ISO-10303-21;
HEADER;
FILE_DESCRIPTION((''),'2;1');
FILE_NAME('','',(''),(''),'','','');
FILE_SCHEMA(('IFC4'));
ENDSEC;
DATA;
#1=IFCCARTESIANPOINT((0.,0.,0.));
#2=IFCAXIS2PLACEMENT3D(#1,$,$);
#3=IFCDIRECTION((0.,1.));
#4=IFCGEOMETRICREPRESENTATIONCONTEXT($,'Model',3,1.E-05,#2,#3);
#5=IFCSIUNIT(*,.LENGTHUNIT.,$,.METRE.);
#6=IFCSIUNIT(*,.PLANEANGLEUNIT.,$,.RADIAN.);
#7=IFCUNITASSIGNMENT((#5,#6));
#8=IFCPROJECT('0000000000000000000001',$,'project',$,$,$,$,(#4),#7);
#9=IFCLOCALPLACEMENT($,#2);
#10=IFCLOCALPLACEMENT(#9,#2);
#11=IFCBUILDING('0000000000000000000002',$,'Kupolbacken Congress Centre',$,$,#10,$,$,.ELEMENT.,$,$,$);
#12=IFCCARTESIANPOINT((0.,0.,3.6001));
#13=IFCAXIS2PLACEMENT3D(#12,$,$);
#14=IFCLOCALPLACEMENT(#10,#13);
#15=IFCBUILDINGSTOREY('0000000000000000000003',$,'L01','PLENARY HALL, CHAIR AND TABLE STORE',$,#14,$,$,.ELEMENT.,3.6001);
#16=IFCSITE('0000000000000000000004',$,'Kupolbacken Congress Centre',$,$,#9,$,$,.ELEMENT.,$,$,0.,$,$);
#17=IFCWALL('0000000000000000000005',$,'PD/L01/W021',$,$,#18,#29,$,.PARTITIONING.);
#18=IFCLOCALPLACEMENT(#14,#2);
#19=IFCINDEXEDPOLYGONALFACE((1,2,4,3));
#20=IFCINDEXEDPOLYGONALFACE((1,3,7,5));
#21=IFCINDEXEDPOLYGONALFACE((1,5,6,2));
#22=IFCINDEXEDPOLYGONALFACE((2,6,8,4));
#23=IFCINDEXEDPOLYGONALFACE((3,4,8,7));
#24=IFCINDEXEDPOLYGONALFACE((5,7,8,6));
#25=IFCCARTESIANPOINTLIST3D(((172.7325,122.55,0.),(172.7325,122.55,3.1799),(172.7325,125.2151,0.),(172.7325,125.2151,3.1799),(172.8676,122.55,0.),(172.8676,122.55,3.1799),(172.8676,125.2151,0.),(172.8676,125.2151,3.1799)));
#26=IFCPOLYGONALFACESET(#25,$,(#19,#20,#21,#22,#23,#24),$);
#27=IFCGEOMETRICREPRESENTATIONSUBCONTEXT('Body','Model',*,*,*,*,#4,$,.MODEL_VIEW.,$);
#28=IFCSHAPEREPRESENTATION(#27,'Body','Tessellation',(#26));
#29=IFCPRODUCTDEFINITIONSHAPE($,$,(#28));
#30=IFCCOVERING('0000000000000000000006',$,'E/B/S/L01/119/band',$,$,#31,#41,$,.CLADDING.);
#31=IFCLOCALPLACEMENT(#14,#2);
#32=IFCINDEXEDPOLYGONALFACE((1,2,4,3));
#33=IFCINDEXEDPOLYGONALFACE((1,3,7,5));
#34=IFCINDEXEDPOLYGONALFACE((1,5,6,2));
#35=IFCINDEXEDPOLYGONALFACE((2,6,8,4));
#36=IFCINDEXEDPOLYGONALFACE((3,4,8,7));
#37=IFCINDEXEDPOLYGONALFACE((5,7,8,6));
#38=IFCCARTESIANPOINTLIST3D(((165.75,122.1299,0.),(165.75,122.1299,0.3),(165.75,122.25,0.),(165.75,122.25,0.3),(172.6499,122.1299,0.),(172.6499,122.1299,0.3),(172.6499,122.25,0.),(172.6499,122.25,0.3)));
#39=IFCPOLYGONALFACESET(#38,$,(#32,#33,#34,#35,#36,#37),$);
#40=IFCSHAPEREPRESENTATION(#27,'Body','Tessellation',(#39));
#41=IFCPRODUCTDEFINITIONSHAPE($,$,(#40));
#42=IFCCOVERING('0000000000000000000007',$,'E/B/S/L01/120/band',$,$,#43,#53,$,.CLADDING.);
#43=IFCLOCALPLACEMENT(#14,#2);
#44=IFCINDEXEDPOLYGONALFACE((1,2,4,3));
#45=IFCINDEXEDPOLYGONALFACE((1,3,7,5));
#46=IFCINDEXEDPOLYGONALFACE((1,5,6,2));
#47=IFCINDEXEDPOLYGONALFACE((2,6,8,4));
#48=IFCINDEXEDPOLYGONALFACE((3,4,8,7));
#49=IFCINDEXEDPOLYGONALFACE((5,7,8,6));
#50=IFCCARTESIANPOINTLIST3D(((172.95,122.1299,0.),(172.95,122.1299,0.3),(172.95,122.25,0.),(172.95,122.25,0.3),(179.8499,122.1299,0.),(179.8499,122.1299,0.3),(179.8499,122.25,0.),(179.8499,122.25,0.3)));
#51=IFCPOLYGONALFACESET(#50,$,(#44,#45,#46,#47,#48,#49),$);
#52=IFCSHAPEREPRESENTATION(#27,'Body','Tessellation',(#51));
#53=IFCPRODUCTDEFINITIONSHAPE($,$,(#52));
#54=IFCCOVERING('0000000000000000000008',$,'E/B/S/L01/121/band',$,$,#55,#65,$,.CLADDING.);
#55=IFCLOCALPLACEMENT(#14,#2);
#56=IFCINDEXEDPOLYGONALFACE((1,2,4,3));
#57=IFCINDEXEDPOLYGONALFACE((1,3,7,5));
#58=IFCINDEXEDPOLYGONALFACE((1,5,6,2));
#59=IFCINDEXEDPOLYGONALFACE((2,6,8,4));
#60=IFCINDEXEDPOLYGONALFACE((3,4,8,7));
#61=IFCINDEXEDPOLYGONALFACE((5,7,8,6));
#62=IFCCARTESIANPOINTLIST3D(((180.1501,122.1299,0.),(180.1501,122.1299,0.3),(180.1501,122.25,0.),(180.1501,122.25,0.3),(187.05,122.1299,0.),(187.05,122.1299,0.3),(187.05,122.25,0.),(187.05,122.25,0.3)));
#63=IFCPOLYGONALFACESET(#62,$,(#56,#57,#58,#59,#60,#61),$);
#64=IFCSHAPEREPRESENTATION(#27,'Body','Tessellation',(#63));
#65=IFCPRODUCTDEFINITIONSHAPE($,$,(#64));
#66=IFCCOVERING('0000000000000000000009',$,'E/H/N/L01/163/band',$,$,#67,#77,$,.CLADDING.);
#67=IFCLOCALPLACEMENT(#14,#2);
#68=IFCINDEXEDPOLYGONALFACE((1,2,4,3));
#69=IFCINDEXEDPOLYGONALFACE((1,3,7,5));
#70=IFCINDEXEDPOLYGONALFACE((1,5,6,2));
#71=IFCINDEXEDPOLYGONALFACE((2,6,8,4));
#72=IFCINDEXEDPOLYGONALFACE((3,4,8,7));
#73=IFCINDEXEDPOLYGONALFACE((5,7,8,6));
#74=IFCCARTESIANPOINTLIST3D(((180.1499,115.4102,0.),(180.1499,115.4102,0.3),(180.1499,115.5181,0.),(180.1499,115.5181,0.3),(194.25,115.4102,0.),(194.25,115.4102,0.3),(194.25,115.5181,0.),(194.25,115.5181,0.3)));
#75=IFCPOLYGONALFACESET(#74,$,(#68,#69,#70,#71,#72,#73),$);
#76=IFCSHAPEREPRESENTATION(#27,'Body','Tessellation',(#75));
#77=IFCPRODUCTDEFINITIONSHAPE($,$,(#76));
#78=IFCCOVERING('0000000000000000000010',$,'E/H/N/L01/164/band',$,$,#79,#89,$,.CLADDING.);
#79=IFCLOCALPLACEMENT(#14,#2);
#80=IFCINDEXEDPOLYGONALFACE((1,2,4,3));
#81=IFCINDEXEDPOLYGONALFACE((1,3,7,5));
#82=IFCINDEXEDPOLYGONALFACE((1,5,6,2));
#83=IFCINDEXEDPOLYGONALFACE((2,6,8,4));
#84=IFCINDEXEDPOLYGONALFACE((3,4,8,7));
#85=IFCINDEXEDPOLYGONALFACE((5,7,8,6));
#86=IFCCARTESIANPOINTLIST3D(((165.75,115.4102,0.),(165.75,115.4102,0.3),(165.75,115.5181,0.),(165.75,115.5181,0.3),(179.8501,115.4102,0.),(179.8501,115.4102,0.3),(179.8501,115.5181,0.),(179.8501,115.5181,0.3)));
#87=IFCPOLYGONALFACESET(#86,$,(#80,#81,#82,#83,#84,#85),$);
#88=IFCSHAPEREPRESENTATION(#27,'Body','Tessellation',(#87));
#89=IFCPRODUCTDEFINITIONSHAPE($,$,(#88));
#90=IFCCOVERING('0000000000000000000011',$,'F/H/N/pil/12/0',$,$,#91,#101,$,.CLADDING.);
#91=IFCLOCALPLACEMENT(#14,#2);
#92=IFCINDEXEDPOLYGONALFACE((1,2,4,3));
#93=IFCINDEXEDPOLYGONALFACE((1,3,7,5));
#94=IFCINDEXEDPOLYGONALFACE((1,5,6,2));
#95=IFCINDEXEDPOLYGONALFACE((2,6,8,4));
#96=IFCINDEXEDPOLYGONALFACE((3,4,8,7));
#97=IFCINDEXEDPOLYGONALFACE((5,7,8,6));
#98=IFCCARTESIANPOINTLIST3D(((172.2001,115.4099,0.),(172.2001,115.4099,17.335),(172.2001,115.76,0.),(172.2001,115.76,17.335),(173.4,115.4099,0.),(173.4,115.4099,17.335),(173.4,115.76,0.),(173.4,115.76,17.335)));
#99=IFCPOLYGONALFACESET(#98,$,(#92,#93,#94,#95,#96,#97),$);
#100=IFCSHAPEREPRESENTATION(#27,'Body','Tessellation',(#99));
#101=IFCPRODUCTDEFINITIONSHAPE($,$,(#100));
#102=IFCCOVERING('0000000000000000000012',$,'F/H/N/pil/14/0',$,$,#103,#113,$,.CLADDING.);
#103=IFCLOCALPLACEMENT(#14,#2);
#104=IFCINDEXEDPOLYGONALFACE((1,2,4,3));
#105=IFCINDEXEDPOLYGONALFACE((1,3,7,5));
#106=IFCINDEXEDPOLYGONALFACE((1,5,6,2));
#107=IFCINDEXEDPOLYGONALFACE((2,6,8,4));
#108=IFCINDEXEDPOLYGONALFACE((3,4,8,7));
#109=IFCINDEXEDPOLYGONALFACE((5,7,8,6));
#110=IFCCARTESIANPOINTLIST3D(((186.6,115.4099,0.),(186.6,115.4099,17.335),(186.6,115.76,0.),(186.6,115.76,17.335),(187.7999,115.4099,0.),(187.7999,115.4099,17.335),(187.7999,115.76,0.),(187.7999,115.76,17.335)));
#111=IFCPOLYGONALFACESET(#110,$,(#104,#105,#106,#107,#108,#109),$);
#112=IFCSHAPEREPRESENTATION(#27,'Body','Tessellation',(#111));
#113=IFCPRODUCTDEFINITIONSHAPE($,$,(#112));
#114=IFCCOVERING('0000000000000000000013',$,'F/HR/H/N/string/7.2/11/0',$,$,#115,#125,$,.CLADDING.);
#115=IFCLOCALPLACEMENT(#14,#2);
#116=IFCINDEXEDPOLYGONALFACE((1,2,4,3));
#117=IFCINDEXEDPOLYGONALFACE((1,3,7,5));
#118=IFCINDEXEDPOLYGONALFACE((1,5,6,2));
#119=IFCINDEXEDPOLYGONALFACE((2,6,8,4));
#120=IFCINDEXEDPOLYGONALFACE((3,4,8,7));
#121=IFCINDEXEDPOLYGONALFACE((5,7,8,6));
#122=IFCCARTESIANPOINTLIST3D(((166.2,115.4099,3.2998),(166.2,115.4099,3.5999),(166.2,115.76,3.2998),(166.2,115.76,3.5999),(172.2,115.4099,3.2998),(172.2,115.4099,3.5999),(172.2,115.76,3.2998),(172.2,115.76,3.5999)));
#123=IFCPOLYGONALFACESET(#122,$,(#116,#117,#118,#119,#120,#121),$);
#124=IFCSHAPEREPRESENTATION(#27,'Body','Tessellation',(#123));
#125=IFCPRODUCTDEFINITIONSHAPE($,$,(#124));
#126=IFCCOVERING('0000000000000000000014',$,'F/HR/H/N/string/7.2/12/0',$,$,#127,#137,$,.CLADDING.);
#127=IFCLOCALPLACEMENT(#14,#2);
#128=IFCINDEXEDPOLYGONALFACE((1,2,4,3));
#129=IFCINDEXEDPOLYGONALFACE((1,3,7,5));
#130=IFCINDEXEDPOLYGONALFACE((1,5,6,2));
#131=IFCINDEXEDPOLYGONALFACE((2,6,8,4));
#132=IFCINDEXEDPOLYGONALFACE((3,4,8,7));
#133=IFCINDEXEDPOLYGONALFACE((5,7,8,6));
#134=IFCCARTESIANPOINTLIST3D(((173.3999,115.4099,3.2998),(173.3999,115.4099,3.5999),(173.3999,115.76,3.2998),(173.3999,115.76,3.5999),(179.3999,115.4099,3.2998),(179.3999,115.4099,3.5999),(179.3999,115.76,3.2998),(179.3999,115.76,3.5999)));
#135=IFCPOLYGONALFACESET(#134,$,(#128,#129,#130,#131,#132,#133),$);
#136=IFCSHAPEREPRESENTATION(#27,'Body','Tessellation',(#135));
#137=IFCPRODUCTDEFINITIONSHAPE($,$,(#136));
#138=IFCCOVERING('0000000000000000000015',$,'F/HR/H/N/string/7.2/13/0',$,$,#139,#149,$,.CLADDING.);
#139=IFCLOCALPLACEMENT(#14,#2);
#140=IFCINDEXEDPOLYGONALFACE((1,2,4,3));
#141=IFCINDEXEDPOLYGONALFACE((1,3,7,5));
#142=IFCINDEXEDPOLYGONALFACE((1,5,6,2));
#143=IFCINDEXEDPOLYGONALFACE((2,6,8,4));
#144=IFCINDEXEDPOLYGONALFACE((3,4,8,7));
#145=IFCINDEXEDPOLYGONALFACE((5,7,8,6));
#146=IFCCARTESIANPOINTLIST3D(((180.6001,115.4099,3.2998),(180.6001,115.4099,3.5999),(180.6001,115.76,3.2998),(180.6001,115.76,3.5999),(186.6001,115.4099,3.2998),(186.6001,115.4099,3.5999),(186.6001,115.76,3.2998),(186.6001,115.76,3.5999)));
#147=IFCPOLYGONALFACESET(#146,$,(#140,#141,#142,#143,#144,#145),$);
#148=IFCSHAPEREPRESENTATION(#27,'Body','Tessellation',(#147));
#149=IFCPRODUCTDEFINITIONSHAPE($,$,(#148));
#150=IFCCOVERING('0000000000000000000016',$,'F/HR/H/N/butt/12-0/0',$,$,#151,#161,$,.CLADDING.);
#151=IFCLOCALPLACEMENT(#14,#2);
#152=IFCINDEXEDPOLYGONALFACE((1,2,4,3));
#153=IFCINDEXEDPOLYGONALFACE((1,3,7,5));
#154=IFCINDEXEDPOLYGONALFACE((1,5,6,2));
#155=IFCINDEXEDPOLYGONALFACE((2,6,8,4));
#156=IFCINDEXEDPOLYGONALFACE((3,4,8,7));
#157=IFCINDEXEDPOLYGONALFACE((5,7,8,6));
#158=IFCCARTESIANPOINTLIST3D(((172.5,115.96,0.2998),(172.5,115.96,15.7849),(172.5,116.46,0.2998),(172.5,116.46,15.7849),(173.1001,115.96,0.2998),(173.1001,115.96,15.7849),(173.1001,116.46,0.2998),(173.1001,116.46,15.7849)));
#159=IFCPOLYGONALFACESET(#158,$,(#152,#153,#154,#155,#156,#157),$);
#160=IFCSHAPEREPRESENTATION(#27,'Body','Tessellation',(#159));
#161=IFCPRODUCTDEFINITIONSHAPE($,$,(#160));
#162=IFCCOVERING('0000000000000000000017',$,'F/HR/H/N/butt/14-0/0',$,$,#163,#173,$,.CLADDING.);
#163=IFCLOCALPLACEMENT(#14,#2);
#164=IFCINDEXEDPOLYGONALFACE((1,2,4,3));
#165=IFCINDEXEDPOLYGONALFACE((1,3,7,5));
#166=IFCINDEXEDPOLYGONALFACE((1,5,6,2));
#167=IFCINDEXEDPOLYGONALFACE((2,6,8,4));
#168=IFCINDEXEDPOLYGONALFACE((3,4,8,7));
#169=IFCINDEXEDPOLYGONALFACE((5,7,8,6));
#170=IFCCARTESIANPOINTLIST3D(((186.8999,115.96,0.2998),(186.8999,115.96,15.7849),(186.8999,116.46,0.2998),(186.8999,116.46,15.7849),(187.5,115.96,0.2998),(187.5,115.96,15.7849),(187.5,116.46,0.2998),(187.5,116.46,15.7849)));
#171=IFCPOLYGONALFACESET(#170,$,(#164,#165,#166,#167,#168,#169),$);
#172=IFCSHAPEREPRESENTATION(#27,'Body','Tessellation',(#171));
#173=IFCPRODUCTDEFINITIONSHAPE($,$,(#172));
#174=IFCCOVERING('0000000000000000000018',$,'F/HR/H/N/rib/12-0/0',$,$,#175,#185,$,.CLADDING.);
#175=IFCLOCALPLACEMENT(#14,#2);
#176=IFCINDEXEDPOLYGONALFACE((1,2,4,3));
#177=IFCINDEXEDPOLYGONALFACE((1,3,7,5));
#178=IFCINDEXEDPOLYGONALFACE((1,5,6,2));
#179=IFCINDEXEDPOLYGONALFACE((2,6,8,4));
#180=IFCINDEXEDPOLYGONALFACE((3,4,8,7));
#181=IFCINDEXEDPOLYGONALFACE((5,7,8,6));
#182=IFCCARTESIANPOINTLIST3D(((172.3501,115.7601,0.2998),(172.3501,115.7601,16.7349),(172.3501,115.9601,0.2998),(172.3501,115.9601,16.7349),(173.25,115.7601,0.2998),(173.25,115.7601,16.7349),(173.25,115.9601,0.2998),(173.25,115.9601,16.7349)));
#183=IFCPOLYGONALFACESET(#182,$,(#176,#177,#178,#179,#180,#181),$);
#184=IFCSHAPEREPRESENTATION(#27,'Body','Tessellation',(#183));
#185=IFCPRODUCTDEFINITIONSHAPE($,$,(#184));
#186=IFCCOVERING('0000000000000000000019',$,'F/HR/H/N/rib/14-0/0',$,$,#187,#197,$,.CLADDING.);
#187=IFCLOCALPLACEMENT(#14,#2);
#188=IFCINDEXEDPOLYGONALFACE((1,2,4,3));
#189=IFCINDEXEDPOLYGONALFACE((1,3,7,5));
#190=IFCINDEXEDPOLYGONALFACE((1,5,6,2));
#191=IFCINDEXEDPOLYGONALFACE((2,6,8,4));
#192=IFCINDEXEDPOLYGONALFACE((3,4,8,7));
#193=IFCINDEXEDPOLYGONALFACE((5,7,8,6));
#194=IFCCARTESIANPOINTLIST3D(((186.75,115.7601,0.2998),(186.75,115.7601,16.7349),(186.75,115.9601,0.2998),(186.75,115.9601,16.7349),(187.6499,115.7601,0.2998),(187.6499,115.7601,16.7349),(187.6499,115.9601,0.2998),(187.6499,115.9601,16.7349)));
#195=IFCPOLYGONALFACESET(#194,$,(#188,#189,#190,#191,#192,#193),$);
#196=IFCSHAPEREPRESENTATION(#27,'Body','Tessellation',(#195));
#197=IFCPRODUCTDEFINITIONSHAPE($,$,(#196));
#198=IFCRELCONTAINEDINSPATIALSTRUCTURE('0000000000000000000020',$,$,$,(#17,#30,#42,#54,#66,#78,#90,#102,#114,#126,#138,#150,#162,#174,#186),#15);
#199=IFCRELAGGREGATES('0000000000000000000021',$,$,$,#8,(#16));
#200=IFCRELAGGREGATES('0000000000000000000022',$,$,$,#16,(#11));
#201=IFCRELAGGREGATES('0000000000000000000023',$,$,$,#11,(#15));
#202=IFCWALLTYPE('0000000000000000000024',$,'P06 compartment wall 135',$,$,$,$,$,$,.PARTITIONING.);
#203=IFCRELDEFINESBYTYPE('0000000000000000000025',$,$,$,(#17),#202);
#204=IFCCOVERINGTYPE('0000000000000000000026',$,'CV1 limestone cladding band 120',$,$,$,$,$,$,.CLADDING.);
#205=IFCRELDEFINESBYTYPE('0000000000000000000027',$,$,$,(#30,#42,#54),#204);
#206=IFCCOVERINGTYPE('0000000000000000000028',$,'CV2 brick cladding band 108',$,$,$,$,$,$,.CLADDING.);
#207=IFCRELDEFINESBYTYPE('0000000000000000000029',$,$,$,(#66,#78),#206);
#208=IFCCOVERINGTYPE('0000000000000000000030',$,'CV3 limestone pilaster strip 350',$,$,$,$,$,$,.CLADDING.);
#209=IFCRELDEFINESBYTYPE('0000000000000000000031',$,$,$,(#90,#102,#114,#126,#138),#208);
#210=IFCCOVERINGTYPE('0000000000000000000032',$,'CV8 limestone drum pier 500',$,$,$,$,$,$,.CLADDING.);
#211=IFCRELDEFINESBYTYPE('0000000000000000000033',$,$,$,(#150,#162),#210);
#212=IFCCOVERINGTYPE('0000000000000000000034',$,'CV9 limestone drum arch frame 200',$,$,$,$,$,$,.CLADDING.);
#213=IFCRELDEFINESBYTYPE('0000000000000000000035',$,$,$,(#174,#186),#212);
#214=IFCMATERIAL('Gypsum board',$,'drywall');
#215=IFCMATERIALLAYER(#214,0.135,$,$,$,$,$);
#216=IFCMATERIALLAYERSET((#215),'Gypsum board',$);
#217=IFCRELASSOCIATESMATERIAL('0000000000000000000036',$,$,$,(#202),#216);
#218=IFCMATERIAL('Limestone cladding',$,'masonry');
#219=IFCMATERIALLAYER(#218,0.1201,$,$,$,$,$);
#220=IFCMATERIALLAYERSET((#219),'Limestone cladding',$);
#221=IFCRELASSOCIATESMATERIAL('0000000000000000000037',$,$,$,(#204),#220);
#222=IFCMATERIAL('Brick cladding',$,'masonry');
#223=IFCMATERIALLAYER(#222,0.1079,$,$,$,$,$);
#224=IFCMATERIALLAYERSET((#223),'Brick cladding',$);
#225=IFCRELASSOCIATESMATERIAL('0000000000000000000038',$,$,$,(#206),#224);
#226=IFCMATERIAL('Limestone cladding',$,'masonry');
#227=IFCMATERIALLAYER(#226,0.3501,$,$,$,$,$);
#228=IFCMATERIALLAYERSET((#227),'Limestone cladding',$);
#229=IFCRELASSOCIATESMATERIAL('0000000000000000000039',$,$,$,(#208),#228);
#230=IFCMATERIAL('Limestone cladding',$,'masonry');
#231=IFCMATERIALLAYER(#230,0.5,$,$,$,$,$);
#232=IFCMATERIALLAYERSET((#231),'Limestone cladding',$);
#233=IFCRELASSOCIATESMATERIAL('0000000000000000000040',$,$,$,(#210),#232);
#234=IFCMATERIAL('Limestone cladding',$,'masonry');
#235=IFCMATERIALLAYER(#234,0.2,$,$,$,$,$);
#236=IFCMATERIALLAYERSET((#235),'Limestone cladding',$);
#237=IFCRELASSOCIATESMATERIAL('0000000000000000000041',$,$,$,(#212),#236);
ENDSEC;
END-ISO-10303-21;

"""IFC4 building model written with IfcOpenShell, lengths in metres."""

from ifc_helpers import new_model, si_unit, direction, frame, frame_2d, origin, origin_2d, place, context, subcontext, project, spatial, rectangle, extrude, material, layer, layer_set, type_object, element, save


model = new_model("IFC4")

# Units and contexts
model_context = context("Model", 3, precision=1e-05, world=origin(), true_north=direction((0.0, 1.0)))
body_context = subcontext(model_context, "Body", "Model", "MODEL_VIEW")
ifc_project = project(units=[si_unit("LENGTHUNIT", "METRE"), si_unit("PLANEANGLEUNIT", "RADIAN")], contexts=[model_context])

# Site, building, storey
site_placement = place(None, origin())
site = spatial("IfcSite", under=ifc_project, at=site_placement, Name="Kupolbacken Congress Centre", CompositionType="ELEMENT", RefElevation=0.0)
building_placement = place(site_placement, origin())
building = spatial("IfcBuilding", under=site, at=building_placement, Name="Kupolbacken Congress Centre", CompositionType="ELEMENT")
storey_placement = place(building_placement, frame((0.0, 0.0, 3.6001)))
storey = spatial("IfcBuildingStorey", under=building, at=storey_placement, Name="L01", Description="PLENARY HALL, CHAIR AND TABLE STORE", CompositionType="ELEMENT", Elevation=3.6001)

# Wall
ifc_material_1 = material(Name="Gypsum board", Category="drywall")
ifc_layer_1 = layer(ifc_material_1, 0.135)
ifc_layer_set_1 = layer_set([ifc_layer_1], Name="Gypsum board")
wall_type_1 = type_object("IfcWallType", Name="P06 compartment wall 135", PredefinedType="PARTITIONING", material=ifc_layer_set_1)
wall_1_placement = place(storey_placement, frame((172.8, 122.55, 0.0), z_axis=(0.0, 0.0, 1.0), x_axis=(0.0, 1.0, 0.0)))
element("IfcWall", 1, at=wall_1_placement, inside=storey, type_object=wall_type_1, Name="PD/L01/W021", PredefinedType="PARTITIONING", context=body_context, shape_type="SweptSolid", body=[
    extrude(rectangle(XDim=2.665, YDim=0.135, at=frame_2d((1.3325, 0.0))), origin(), (0.0, 0.0, 1.0), 3.1799),
])

# Coverings
ifc_material_2 = material(Name="Limestone cladding", Category="masonry")
ifc_layer_2 = layer(ifc_material_2, 0.1201)
ifc_layer_set_2 = layer_set([ifc_layer_2], Name="Limestone cladding")
covering_type_1 = type_object("IfcCoveringType", Name="CV1 limestone cladding band 120", PredefinedType="CLADDING", material=ifc_layer_set_2)
for number, where, z_axis, x_axis, name in (
    (2, (169.2, 122.1899, 0.0), (0.0, 0.0, 1.0), (1.0, 0.0, 0.0), "E/B/S/L01/119/band"),
    (3, (176.3999, 122.1899, 0.0), (0.0, 0.0, 1.0), (1.0, 0.0, 0.0), "E/B/S/L01/120/band"),
    (4, (183.6001, 122.1899, 0.0), (0.0, 0.0, 1.0), (1.0, 0.0, 0.0), "E/B/S/L01/121/band"),
):
    element("IfcCovering", number, at=place(storey_placement, frame(where, z_axis=z_axis, x_axis=x_axis)), inside=storey, type_object=covering_type_1, Name=name, PredefinedType="CLADDING", context=body_context, shape_type="SweptSolid", body=[
        extrude(rectangle(XDim=6.8999, YDim=0.1201, at=origin_2d()), origin(), (0.0, 0.0, 1.0), 0.3),
    ])
ifc_material_3 = material(Name="Brick cladding", Category="masonry")
ifc_layer_3 = layer(ifc_material_3, 0.1079)
ifc_layer_set_3 = layer_set([ifc_layer_3], Name="Brick cladding")
covering_type_2 = type_object("IfcCoveringType", Name="CV2 brick cladding band 108", PredefinedType="CLADDING", material=ifc_layer_set_3)
for number, where, z_axis, x_axis, name in (
    (5, (187.2, 115.4641, 0.0), (0.0, 0.0, 1.0), (-1.0, 0.0, 0.0), "E/H/N/L01/163/band"),
    (6, (172.8, 115.4641, 0.0), (0.0, 0.0, 1.0), (-1.0, 0.0, 0.0), "E/H/N/L01/164/band"),
):
    element("IfcCovering", number, at=place(storey_placement, frame(where, z_axis=z_axis, x_axis=x_axis)), inside=storey, type_object=covering_type_2, Name=name, PredefinedType="CLADDING", context=body_context, shape_type="SweptSolid", body=[
        extrude(rectangle(XDim=14.1001, YDim=0.1079, at=origin_2d()), origin(), (0.0, 0.0, 1.0), 0.3),
    ])
ifc_material_4 = material(Name="Limestone cladding", Category="masonry")
ifc_layer_4 = layer(ifc_material_4, 0.3501)
ifc_layer_set_4 = layer_set([ifc_layer_4], Name="Limestone cladding")
covering_type_3 = type_object("IfcCoveringType", Name="CV3 limestone pilaster strip 350", PredefinedType="CLADDING", material=ifc_layer_set_4)
for number, where, z_axis, x_axis, name in (
    (7, (172.8, 115.585, 0.0), (0.0, 0.0, 1.0), (1.0, 0.0, 0.0), "F/H/N/pil/12/0"),
    (8, (187.2, 115.585, 0.0), (0.0, 0.0, 1.0), (1.0, 0.0, 0.0), "F/H/N/pil/14/0"),
):
    element("IfcCovering", number, at=place(storey_placement, frame(where, z_axis=z_axis, x_axis=x_axis)), inside=storey, type_object=covering_type_3, Name=name, PredefinedType="CLADDING", context=body_context, shape_type="SweptSolid", body=[
        extrude(rectangle(XDim=1.2, YDim=0.3501, at=origin_2d()), origin(), (0.0, 0.0, 1.0), 17.335),
    ])
for number, where, z_axis, x_axis, name in (
    (9, (169.2, 115.585, 3.2998), (0.0, 0.0, 1.0), (1.0, 0.0, 0.0), "F/HR/H/N/string/7.2/11/0"),
    (10, (176.3999, 115.585, 3.2998), (0.0, 0.0, 1.0), (1.0, 0.0, 0.0), "F/HR/H/N/string/7.2/12/0"),
    (11, (183.6001, 115.585, 3.2998), (0.0, 0.0, 1.0), (1.0, 0.0, 0.0), "F/HR/H/N/string/7.2/13/0"),
):
    element("IfcCovering", number, at=place(storey_placement, frame(where, z_axis=z_axis, x_axis=x_axis)), inside=storey, type_object=covering_type_3, Name=name, PredefinedType="CLADDING", context=body_context, shape_type="SweptSolid", body=[
        extrude(rectangle(XDim=6.0, YDim=0.3501, at=origin_2d()), origin(), (0.0, 0.0, 1.0), 0.3),
    ])
ifc_material_5 = material(Name="Limestone cladding", Category="masonry")
ifc_layer_5 = layer(ifc_material_5, 0.5)
ifc_layer_set_5 = layer_set([ifc_layer_5], Name="Limestone cladding")
covering_type_4 = type_object("IfcCoveringType", Name="CV8 limestone drum pier 500", PredefinedType="CLADDING", material=ifc_layer_set_5)
for number, where, z_axis, x_axis, name in (
    (12, (172.8, 116.21, 0.2998), (0.0, 0.0, 1.0), (1.0, 0.0, 0.0), "F/HR/H/N/butt/12-0/0"),
    (13, (187.2, 116.21, 0.2998), (0.0, 0.0, 1.0), (1.0, 0.0, 0.0), "F/HR/H/N/butt/14-0/0"),
):
    element("IfcCovering", number, at=place(storey_placement, frame(where, z_axis=z_axis, x_axis=x_axis)), inside=storey, type_object=covering_type_4, Name=name, PredefinedType="CLADDING", context=body_context, shape_type="SweptSolid", body=[
        extrude(rectangle(XDim=0.6001, YDim=0.5, at=origin_2d()), origin(), (0.0, 0.0, 1.0), 15.4851),
    ])
ifc_material_6 = material(Name="Limestone cladding", Category="masonry")
ifc_layer_6 = layer(ifc_material_6, 0.2)
ifc_layer_set_6 = layer_set([ifc_layer_6], Name="Limestone cladding")
covering_type_5 = type_object("IfcCoveringType", Name="CV9 limestone drum arch frame 200", PredefinedType="CLADDING", material=ifc_layer_set_6)
for number, where, z_axis, x_axis, name in (
    (14, (172.8, 115.8601, 0.2998), (0.0, 0.0, 1.0), (1.0, 0.0, 0.0), "F/HR/H/N/rib/12-0/0"),
    (15, (187.2, 115.8601, 0.2998), (0.0, 0.0, 1.0), (1.0, 0.0, 0.0), "F/HR/H/N/rib/14-0/0"),
):
    element("IfcCovering", number, at=place(storey_placement, frame(where, z_axis=z_axis, x_axis=x_axis)), inside=storey, type_object=covering_type_5, Name=name, PredefinedType="CLADDING", context=body_context, shape_type="SweptSolid", body=[
        extrude(rectangle(XDim=0.8999, YDim=0.2, at=origin_2d()), origin(), (0.0, 0.0, 1.0), 16.4351),
    ])

save(model, "model.ifc")
